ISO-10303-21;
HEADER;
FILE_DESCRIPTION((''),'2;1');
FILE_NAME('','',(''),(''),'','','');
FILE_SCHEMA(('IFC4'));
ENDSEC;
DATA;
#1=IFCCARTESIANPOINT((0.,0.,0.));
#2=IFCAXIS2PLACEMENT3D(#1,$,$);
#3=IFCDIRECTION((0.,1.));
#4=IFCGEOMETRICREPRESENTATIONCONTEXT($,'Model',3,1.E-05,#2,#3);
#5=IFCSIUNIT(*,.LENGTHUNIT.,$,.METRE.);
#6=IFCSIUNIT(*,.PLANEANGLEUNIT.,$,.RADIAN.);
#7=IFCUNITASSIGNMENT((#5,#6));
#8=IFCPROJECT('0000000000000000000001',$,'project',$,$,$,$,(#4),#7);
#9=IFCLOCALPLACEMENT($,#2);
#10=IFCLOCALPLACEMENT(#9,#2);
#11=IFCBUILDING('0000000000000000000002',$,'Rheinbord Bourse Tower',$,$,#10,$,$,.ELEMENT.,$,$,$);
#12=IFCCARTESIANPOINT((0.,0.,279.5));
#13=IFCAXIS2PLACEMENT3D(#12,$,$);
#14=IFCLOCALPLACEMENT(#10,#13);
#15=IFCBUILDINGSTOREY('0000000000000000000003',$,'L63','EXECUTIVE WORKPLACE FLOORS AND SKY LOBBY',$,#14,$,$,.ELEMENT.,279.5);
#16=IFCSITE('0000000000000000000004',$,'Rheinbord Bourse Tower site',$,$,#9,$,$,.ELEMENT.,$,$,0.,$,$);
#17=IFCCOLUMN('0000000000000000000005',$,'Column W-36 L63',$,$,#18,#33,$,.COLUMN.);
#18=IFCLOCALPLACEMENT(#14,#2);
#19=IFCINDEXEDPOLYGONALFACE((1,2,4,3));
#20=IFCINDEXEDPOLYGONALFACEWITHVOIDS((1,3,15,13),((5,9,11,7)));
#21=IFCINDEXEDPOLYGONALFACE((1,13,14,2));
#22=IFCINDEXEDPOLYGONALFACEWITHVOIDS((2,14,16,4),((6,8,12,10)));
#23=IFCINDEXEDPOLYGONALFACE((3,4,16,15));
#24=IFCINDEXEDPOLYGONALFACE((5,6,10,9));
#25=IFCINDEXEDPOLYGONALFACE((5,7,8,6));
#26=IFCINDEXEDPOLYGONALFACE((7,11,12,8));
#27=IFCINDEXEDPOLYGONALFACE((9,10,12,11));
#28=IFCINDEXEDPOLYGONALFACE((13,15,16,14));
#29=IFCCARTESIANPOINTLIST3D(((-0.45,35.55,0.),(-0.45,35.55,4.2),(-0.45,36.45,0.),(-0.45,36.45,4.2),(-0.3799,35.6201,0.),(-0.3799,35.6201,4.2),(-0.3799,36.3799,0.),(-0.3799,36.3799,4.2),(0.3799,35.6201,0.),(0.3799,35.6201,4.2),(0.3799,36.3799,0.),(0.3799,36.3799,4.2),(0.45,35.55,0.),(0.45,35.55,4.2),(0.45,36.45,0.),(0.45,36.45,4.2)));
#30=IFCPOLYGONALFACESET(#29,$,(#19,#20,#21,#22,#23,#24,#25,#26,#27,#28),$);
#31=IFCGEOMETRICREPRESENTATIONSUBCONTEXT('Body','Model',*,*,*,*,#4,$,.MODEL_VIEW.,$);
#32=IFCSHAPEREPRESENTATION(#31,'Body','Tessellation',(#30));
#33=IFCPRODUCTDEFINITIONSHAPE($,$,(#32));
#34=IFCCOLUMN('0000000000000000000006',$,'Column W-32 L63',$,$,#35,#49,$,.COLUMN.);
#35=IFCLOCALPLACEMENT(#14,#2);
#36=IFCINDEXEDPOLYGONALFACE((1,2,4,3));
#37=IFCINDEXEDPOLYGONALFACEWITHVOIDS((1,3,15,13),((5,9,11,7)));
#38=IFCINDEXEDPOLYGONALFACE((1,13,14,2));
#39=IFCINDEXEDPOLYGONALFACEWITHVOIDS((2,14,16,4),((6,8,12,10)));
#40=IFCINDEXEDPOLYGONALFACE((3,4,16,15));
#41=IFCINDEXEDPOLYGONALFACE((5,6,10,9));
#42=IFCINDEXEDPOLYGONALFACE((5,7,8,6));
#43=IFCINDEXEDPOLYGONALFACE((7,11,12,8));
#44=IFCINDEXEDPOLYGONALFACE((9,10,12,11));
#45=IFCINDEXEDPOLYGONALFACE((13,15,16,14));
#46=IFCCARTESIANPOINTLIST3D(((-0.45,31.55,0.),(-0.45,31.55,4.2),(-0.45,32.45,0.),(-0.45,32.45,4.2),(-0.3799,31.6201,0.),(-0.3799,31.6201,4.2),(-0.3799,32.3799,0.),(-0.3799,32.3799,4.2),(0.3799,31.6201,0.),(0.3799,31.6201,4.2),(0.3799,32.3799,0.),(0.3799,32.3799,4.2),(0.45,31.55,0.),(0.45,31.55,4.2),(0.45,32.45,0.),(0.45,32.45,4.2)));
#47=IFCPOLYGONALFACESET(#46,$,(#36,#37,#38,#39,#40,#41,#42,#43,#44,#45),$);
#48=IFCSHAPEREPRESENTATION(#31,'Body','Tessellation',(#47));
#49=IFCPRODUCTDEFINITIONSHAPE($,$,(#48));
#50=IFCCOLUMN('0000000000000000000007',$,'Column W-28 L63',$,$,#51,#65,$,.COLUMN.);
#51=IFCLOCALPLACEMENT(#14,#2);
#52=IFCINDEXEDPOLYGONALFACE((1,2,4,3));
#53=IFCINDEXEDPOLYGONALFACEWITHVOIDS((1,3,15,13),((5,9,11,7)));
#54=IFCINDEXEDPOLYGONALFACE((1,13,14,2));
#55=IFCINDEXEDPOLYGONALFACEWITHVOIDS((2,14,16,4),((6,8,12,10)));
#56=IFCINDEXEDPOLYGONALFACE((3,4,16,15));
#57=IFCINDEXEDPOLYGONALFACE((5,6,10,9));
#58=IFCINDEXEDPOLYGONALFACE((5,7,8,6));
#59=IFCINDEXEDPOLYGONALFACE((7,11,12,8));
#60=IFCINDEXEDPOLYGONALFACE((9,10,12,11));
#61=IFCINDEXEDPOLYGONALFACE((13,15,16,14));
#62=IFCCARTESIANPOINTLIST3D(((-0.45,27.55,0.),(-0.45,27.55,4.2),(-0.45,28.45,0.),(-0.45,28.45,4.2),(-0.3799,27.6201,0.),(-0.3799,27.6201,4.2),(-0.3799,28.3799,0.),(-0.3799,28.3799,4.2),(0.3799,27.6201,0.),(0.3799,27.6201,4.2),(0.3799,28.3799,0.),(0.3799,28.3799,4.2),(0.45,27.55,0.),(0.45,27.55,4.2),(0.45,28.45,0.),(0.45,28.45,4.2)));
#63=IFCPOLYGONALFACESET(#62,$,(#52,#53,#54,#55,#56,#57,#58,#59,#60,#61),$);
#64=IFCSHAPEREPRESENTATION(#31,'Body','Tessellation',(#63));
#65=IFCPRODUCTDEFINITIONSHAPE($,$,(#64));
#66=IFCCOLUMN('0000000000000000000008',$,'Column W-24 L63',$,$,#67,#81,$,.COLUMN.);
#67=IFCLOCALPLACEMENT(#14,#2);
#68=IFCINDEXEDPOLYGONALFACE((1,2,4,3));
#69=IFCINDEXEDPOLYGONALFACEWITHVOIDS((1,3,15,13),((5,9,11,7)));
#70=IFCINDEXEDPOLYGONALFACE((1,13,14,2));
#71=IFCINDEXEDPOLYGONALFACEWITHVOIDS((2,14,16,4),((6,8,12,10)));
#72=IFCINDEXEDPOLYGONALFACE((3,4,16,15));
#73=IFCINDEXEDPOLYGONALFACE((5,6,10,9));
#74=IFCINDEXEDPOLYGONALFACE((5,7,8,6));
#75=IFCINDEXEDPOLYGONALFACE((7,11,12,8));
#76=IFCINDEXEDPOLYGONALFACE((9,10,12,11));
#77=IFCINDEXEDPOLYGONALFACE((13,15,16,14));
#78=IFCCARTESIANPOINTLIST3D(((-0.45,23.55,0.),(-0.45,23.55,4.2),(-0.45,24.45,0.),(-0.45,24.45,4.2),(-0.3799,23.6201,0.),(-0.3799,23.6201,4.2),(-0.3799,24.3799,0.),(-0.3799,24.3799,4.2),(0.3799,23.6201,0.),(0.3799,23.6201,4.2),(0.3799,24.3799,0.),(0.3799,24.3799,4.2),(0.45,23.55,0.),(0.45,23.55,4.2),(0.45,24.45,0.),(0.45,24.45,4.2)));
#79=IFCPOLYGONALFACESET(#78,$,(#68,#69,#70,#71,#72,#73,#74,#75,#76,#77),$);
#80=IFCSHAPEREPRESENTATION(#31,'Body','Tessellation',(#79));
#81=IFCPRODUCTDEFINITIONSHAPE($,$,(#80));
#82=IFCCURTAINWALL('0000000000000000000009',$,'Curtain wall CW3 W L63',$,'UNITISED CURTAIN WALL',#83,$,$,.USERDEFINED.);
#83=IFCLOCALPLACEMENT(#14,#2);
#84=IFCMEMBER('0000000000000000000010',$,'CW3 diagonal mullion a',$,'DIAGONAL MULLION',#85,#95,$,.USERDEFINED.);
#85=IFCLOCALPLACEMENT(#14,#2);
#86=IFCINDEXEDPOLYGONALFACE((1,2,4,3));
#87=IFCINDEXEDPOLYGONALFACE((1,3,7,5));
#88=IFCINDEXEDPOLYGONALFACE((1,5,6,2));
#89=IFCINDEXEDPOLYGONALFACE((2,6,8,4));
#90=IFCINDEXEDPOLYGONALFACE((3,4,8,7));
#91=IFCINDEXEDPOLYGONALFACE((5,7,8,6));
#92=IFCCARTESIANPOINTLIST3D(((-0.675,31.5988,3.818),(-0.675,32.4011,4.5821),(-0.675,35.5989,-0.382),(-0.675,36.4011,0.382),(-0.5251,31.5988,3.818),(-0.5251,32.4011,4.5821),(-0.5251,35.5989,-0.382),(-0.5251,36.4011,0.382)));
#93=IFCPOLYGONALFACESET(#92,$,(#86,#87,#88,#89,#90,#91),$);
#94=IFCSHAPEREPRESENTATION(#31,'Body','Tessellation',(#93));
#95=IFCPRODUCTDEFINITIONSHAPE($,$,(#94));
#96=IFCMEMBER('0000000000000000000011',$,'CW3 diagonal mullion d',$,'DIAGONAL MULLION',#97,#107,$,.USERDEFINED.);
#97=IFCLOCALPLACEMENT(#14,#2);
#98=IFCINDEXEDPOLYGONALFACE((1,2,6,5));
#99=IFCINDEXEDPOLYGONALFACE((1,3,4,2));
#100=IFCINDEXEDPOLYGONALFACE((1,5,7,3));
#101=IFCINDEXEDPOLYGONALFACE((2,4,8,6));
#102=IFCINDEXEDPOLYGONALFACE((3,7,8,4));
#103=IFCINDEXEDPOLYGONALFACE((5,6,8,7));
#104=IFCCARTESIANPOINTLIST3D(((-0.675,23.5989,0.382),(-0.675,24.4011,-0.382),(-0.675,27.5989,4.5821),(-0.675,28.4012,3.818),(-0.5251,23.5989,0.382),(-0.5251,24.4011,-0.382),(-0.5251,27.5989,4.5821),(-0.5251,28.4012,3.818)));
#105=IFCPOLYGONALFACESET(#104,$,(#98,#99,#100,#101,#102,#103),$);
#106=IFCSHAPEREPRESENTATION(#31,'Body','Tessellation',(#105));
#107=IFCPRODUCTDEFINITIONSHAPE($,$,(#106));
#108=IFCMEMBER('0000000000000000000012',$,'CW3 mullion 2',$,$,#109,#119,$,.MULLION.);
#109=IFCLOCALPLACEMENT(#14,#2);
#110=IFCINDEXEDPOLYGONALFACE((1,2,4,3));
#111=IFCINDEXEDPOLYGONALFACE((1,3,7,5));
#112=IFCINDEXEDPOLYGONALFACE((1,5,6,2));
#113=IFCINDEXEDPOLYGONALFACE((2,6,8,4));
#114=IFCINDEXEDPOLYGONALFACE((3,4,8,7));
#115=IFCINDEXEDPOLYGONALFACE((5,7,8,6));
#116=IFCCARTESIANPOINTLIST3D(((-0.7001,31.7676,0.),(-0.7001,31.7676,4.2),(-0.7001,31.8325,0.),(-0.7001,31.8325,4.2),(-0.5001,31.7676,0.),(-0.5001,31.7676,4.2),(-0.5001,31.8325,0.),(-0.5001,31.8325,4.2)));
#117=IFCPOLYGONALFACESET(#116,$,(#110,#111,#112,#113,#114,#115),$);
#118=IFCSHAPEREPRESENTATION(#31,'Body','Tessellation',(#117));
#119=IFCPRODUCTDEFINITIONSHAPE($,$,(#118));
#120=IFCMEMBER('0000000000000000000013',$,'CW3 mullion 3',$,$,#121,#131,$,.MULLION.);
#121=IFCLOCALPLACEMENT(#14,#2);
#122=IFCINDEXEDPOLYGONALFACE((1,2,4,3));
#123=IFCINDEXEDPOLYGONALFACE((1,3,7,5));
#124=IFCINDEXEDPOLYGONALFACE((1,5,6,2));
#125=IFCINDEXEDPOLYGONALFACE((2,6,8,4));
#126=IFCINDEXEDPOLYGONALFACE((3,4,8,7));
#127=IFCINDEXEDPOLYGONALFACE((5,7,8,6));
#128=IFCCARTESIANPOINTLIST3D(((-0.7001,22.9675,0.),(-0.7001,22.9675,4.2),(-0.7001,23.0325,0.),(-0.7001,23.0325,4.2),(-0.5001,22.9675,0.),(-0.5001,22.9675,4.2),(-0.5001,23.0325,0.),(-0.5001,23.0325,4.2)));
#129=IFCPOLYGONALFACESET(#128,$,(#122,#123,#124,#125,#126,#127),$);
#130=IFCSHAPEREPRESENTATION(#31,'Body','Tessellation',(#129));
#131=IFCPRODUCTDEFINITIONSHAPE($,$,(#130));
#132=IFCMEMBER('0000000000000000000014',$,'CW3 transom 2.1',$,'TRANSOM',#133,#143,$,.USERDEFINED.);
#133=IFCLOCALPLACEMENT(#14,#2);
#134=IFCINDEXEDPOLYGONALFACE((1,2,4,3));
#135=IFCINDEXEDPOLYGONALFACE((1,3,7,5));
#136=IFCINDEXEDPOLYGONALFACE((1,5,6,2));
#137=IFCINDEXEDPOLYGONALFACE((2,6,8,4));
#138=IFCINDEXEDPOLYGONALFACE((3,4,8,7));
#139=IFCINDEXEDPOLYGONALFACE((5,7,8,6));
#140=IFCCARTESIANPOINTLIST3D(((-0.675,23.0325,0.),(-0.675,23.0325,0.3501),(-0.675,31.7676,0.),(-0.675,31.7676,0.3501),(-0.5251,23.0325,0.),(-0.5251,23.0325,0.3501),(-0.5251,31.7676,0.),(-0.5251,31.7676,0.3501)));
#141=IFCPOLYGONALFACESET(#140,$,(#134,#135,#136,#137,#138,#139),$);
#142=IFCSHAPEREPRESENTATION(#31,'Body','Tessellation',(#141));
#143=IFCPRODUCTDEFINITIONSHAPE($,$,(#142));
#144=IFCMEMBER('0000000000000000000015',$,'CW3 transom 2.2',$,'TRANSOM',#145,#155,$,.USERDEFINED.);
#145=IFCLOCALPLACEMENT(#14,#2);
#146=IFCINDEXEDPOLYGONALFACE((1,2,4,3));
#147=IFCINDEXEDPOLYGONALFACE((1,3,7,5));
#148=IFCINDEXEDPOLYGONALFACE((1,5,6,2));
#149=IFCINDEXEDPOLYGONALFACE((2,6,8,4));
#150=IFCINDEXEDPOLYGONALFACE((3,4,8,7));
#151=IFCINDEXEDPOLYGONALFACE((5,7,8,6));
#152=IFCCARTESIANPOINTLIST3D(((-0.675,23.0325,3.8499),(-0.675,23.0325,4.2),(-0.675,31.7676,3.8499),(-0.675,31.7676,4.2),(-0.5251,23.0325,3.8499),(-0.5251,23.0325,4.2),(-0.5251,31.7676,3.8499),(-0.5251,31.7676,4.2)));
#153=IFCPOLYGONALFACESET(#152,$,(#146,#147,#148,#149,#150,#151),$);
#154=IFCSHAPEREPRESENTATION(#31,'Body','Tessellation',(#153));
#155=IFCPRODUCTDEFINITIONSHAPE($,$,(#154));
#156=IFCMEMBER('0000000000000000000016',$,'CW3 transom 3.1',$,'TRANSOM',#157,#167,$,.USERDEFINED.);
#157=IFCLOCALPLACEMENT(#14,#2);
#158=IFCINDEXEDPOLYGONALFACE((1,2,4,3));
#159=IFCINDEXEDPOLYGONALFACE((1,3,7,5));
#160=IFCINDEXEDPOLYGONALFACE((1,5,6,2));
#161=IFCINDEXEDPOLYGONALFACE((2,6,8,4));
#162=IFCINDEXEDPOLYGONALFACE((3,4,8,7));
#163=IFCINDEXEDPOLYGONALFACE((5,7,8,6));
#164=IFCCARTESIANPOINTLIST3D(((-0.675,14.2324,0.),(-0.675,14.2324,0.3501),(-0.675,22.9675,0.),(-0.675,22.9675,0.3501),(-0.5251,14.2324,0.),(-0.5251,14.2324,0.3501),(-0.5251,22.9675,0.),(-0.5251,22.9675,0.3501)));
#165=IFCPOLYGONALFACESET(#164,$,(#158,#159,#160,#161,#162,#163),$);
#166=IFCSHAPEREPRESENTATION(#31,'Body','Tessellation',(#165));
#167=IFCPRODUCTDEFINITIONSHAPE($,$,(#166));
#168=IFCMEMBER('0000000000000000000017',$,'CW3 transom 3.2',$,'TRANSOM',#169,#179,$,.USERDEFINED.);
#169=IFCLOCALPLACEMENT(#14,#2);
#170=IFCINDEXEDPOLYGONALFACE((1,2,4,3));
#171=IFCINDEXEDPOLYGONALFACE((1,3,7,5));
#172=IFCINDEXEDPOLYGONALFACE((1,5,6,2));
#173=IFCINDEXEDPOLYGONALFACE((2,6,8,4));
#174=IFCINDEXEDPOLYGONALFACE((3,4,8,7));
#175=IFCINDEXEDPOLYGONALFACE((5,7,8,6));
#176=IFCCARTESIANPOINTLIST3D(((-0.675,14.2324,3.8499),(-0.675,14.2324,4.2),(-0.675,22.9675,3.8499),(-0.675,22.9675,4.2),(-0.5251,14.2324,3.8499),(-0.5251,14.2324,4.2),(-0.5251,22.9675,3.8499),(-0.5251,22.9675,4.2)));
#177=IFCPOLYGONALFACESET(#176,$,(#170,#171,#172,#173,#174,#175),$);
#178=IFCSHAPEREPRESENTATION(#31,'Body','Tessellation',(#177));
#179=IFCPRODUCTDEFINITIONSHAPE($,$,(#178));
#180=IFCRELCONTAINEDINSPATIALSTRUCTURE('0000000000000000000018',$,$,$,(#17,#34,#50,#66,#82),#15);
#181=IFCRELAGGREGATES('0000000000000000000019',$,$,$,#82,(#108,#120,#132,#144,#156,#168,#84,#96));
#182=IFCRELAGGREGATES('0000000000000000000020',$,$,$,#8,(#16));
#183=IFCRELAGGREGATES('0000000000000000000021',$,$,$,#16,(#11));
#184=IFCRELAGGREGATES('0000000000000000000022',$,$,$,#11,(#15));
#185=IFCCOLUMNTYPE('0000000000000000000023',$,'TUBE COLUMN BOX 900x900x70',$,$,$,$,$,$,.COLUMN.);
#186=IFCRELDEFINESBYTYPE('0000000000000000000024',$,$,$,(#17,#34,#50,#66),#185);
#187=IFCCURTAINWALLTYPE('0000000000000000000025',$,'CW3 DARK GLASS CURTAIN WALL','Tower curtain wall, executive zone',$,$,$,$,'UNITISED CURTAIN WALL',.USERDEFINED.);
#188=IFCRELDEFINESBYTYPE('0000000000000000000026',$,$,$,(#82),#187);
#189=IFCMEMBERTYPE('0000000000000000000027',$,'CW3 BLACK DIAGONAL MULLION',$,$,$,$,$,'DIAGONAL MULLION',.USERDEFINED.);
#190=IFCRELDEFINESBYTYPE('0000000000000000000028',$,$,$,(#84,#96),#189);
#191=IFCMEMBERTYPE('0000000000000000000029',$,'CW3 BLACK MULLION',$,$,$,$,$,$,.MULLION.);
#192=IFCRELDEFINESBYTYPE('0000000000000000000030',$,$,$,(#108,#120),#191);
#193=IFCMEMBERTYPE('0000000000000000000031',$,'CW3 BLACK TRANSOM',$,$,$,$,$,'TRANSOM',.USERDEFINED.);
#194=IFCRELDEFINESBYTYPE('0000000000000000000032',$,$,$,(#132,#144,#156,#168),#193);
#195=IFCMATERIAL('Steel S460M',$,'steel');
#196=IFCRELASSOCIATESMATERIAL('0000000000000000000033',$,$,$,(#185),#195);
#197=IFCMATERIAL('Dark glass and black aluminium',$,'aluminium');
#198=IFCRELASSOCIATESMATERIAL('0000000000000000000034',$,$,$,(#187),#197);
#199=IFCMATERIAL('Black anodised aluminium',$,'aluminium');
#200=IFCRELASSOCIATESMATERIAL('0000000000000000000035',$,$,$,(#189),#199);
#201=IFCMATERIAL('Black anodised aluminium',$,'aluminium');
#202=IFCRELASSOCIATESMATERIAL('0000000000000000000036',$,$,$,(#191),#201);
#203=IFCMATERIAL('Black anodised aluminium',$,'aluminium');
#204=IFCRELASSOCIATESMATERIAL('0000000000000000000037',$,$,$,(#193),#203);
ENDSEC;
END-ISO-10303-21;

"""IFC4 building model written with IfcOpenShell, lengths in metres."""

from ifc_helpers import new_model, si_unit, direction, frame, origin, origin_2d, place, context, subcontext, project, spatial, rectangle, hollow_rectangle, extrude, material, material_profile, profile_set, type_object, element, aggregate, save


model = new_model("IFC4")

# Units and contexts
model_context = context("Model", 3, precision=1e-05, world=origin(), true_north=direction((0.0, 1.0)))
body_context = subcontext(model_context, "Body", "Model", "MODEL_VIEW")
ifc_project = project(units=[si_unit("LENGTHUNIT", "METRE"), si_unit("PLANEANGLEUNIT", "RADIAN")], contexts=[model_context])

# Site, building, storey
site_placement = place(None, origin())
site = spatial("IfcSite", under=ifc_project, at=site_placement, Name="Rheinbord Bourse Tower site", CompositionType="ELEMENT", RefElevation=0.0)
building_placement = place(site_placement, origin())
building = spatial("IfcBuilding", under=site, at=building_placement, Name="Rheinbord Bourse Tower", CompositionType="ELEMENT")
storey_placement = place(building_placement, frame((0.0, 0.0, 279.5)))
storey = spatial("IfcBuildingStorey", under=building, at=storey_placement, Name="L63", Description="EXECUTIVE WORKPLACE FLOORS AND SKY LOBBY", CompositionType="ELEMENT", Elevation=279.5)

# Columns
ifc_material_1 = material(Name="Steel S460M", Category="steel")
ifc_material_profile_1 = material_profile(ifc_material_1, hollow_rectangle(XDim=0.8999, YDim=0.8999, WallThickness=0.0701, at=origin_2d()), Name="BOX 900x900x70")
ifc_profile_set_1 = profile_set([ifc_material_profile_1], Name="Steel S460M")
column_type = type_object("IfcColumnType", Name="TUBE COLUMN BOX 900x900x70", PredefinedType="COLUMN", material=ifc_profile_set_1)
for number, where, z_axis, x_axis, name in (
    (1, (0.0, 36.0, 0.0), (0.0, 0.0, 1.0), (1.0, 0.0, 0.0), "Column W-36 L63"),
    (2, (0.0, 32.0, 0.0), (0.0, 0.0, 1.0), (1.0, 0.0, 0.0), "Column W-32 L63"),
    (3, (0.0, 28.0, 0.0), (0.0, 0.0, 1.0), (1.0, 0.0, 0.0), "Column W-28 L63"),
    (4, (0.0, 24.0, 0.0), (0.0, 0.0, 1.0), (1.0, 0.0, 0.0), "Column W-24 L63"),
):
    element("IfcColumn", number, at=place(storey_placement, frame(where, z_axis=z_axis, x_axis=x_axis)), inside=storey, type_object=column_type, Name=name, PredefinedType="COLUMN", context=body_context, shape_type="SweptSolid", body=[
        extrude(hollow_rectangle(XDim=0.8999, YDim=0.8999, WallThickness=0.0701, at=origin_2d()), origin(), (0.0, 0.0, 1.0), 4.2),
    ])

# Curtain wall, members
ifc_material_2 = material(Name="Dark glass and black aluminium", Category="aluminium")
curtain_wall_type = type_object("IfcCurtainWallType", Name="CW3 DARK GLASS CURTAIN WALL", Description="Tower curtain wall, executive zone", ElementType="UNITISED CURTAIN WALL", PredefinedType="USERDEFINED", material=ifc_material_2)
curtain_wall_placement = place(storey_placement, origin())
curtain_wall = element("IfcCurtainWall", 5, at=curtain_wall_placement, inside=storey, type_object=curtain_wall_type, Name="Curtain wall CW3 W L63", ObjectType="UNITISED CURTAIN WALL", PredefinedType="USERDEFINED")
ifc_material_3 = material(Name="Black anodised aluminium", Category="aluminium")
ifc_material_profile_2 = material_profile(ifc_material_3, rectangle(XDim=0.1499, YDim=1.1079, at=origin_2d()), Name="CW3 DIAGONAL MULLION 1108x150")
ifc_profile_set_2 = profile_set([ifc_material_profile_2], Name="Black anodised aluminium")
member_type_1 = type_object("IfcMemberType", Name="CW3 BLACK DIAGONAL MULLION", ElementType="DIAGONAL MULLION", PredefinedType="USERDEFINED", material=ifc_profile_set_2)
member_1_placement = place(storey_placement, frame((-0.6001, 36.0, 0.0), z_axis=(0.0, -0.689659, 0.724134), x_axis=(1.0, 0.0, 0.0)))
member_1 = element("IfcMember", 6, at=member_1_placement, type_object=member_type_1, Name="CW3 diagonal mullion a", ObjectType="DIAGONAL MULLION", PredefinedType="USERDEFINED", context=body_context, shape_type="SweptSolid", body=[
    extrude(rectangle(XDim=0.1499, YDim=1.1079, at=origin_2d()), origin(), (0.0, 0.0, 1.0), 5.8),
])
member_2_placement = place(storey_placement, frame((-0.6001, 24.0, 0.0), z_axis=(0.0, 0.689659, 0.724134), x_axis=(-1.0, 0.0, 0.0)))
member_2 = element("IfcMember", 7, at=member_2_placement, type_object=member_type_1, Name="CW3 diagonal mullion d", ObjectType="DIAGONAL MULLION", PredefinedType="USERDEFINED", context=body_context, shape_type="SweptSolid", body=[
    extrude(rectangle(XDim=0.1499, YDim=1.1079, at=origin_2d()), origin(), (0.0, 0.0, 1.0), 5.8),
])
ifc_material_4 = material(Name="Black anodised aluminium", Category="aluminium")
ifc_material_profile_3 = material_profile(ifc_material_4, rectangle(XDim=0.2, YDim=0.0649, at=origin_2d()), Name="CW3 MULLION 65x200")
ifc_profile_set_3 = profile_set([ifc_material_profile_3], Name="Black anodised aluminium")
member_type_2 = type_object("IfcMemberType", Name="CW3 BLACK MULLION", PredefinedType="MULLION", material=ifc_profile_set_3)
member_3_placement = place(storey_placement, frame((-0.6001, 31.8, 0.0), z_axis=(0.0, 0.0, 1.0), x_axis=(1.0, 0.0, 0.0)))
member_3 = element("IfcMember", 8, at=member_3_placement, type_object=member_type_2, Name="CW3 mullion 2", PredefinedType="MULLION", context=body_context, shape_type="SweptSolid", body=[
    extrude(rectangle(XDim=0.2, YDim=0.0649, at=origin_2d()), origin(), (0.0, 0.0, 1.0), 4.2),
])
member_4_placement = place(storey_placement, frame((-0.6001, 23.0, 0.0), z_axis=(0.0, 0.0, 1.0), x_axis=(1.0, 0.0, 0.0)))
member_4 = element("IfcMember", 9, at=member_4_placement, type_object=member_type_2, Name="CW3 mullion 3", PredefinedType="MULLION", context=body_context, shape_type="SweptSolid", body=[
    extrude(rectangle(XDim=0.2, YDim=0.0649, at=origin_2d()), origin(), (0.0, 0.0, 1.0), 4.2),
])
ifc_material_5 = material(Name="Black anodised aluminium", Category="aluminium")
ifc_material_profile_4 = material_profile(ifc_material_5, rectangle(XDim=0.1499, YDim=0.3501, at=origin_2d()), Name="CW3 TRANSOM 350x150")
ifc_profile_set_4 = profile_set([ifc_material_profile_4], Name="Black anodised aluminium")
member_type_3 = type_object("IfcMemberType", Name="CW3 BLACK TRANSOM", ElementType="TRANSOM", PredefinedType="USERDEFINED", material=ifc_profile_set_4)
member_5_placement = place(storey_placement, frame((-0.6001, 31.7676, 0.175), z_axis=(0.0, -1.0, 0.0), x_axis=(1.0, 0.0, 0.0)))
member_5 = element("IfcMember", 10, at=member_5_placement, type_object=member_type_3, Name="CW3 transom 2.1", ObjectType="TRANSOM", PredefinedType="USERDEFINED", context=body_context, shape_type="SweptSolid", body=[
    extrude(rectangle(XDim=0.1499, YDim=0.3501, at=origin_2d()), origin(), (0.0, 0.0, 1.0), 8.7351),
])
member_6_placement = place(storey_placement, frame((-0.6001, 31.7676, 4.0249), z_axis=(0.0, -1.0, 0.0), x_axis=(1.0, 0.0, 0.0)))
member_6 = element("IfcMember", 11, at=member_6_placement, type_object=member_type_3, Name="CW3 transom 2.2", ObjectType="TRANSOM", PredefinedType="USERDEFINED", context=body_context, shape_type="SweptSolid", body=[
    extrude(rectangle(XDim=0.1499, YDim=0.3501, at=origin_2d()), origin(), (0.0, 0.0, 1.0), 8.7351),
])
member_7_placement = place(storey_placement, frame((-0.6001, 22.9675, 0.175), z_axis=(0.0, -1.0, 0.0), x_axis=(1.0, 0.0, 0.0)))
member_7 = element("IfcMember", 12, at=member_7_placement, type_object=member_type_3, Name="CW3 transom 3.1", ObjectType="TRANSOM", PredefinedType="USERDEFINED", context=body_context, shape_type="SweptSolid", body=[
    extrude(rectangle(XDim=0.1499, YDim=0.3501, at=origin_2d()), origin(), (0.0, 0.0, 1.0), 8.7351),
])
member_8_placement = place(storey_placement, frame((-0.6001, 22.9675, 4.0249), z_axis=(0.0, -1.0, 0.0), x_axis=(1.0, 0.0, 0.0)))
member_8 = element("IfcMember", 13, at=member_8_placement, type_object=member_type_3, Name="CW3 transom 3.2", ObjectType="TRANSOM", PredefinedType="USERDEFINED", context=body_context, shape_type="SweptSolid", body=[
    extrude(rectangle(XDim=0.1499, YDim=0.3501, at=origin_2d()), origin(), (0.0, 0.0, 1.0), 8.7351),
])

aggregate(curtain_wall, [member_3, member_4, member_5, member_6, member_7, member_8, member_1, member_2])

save(model, "model.ifc")
